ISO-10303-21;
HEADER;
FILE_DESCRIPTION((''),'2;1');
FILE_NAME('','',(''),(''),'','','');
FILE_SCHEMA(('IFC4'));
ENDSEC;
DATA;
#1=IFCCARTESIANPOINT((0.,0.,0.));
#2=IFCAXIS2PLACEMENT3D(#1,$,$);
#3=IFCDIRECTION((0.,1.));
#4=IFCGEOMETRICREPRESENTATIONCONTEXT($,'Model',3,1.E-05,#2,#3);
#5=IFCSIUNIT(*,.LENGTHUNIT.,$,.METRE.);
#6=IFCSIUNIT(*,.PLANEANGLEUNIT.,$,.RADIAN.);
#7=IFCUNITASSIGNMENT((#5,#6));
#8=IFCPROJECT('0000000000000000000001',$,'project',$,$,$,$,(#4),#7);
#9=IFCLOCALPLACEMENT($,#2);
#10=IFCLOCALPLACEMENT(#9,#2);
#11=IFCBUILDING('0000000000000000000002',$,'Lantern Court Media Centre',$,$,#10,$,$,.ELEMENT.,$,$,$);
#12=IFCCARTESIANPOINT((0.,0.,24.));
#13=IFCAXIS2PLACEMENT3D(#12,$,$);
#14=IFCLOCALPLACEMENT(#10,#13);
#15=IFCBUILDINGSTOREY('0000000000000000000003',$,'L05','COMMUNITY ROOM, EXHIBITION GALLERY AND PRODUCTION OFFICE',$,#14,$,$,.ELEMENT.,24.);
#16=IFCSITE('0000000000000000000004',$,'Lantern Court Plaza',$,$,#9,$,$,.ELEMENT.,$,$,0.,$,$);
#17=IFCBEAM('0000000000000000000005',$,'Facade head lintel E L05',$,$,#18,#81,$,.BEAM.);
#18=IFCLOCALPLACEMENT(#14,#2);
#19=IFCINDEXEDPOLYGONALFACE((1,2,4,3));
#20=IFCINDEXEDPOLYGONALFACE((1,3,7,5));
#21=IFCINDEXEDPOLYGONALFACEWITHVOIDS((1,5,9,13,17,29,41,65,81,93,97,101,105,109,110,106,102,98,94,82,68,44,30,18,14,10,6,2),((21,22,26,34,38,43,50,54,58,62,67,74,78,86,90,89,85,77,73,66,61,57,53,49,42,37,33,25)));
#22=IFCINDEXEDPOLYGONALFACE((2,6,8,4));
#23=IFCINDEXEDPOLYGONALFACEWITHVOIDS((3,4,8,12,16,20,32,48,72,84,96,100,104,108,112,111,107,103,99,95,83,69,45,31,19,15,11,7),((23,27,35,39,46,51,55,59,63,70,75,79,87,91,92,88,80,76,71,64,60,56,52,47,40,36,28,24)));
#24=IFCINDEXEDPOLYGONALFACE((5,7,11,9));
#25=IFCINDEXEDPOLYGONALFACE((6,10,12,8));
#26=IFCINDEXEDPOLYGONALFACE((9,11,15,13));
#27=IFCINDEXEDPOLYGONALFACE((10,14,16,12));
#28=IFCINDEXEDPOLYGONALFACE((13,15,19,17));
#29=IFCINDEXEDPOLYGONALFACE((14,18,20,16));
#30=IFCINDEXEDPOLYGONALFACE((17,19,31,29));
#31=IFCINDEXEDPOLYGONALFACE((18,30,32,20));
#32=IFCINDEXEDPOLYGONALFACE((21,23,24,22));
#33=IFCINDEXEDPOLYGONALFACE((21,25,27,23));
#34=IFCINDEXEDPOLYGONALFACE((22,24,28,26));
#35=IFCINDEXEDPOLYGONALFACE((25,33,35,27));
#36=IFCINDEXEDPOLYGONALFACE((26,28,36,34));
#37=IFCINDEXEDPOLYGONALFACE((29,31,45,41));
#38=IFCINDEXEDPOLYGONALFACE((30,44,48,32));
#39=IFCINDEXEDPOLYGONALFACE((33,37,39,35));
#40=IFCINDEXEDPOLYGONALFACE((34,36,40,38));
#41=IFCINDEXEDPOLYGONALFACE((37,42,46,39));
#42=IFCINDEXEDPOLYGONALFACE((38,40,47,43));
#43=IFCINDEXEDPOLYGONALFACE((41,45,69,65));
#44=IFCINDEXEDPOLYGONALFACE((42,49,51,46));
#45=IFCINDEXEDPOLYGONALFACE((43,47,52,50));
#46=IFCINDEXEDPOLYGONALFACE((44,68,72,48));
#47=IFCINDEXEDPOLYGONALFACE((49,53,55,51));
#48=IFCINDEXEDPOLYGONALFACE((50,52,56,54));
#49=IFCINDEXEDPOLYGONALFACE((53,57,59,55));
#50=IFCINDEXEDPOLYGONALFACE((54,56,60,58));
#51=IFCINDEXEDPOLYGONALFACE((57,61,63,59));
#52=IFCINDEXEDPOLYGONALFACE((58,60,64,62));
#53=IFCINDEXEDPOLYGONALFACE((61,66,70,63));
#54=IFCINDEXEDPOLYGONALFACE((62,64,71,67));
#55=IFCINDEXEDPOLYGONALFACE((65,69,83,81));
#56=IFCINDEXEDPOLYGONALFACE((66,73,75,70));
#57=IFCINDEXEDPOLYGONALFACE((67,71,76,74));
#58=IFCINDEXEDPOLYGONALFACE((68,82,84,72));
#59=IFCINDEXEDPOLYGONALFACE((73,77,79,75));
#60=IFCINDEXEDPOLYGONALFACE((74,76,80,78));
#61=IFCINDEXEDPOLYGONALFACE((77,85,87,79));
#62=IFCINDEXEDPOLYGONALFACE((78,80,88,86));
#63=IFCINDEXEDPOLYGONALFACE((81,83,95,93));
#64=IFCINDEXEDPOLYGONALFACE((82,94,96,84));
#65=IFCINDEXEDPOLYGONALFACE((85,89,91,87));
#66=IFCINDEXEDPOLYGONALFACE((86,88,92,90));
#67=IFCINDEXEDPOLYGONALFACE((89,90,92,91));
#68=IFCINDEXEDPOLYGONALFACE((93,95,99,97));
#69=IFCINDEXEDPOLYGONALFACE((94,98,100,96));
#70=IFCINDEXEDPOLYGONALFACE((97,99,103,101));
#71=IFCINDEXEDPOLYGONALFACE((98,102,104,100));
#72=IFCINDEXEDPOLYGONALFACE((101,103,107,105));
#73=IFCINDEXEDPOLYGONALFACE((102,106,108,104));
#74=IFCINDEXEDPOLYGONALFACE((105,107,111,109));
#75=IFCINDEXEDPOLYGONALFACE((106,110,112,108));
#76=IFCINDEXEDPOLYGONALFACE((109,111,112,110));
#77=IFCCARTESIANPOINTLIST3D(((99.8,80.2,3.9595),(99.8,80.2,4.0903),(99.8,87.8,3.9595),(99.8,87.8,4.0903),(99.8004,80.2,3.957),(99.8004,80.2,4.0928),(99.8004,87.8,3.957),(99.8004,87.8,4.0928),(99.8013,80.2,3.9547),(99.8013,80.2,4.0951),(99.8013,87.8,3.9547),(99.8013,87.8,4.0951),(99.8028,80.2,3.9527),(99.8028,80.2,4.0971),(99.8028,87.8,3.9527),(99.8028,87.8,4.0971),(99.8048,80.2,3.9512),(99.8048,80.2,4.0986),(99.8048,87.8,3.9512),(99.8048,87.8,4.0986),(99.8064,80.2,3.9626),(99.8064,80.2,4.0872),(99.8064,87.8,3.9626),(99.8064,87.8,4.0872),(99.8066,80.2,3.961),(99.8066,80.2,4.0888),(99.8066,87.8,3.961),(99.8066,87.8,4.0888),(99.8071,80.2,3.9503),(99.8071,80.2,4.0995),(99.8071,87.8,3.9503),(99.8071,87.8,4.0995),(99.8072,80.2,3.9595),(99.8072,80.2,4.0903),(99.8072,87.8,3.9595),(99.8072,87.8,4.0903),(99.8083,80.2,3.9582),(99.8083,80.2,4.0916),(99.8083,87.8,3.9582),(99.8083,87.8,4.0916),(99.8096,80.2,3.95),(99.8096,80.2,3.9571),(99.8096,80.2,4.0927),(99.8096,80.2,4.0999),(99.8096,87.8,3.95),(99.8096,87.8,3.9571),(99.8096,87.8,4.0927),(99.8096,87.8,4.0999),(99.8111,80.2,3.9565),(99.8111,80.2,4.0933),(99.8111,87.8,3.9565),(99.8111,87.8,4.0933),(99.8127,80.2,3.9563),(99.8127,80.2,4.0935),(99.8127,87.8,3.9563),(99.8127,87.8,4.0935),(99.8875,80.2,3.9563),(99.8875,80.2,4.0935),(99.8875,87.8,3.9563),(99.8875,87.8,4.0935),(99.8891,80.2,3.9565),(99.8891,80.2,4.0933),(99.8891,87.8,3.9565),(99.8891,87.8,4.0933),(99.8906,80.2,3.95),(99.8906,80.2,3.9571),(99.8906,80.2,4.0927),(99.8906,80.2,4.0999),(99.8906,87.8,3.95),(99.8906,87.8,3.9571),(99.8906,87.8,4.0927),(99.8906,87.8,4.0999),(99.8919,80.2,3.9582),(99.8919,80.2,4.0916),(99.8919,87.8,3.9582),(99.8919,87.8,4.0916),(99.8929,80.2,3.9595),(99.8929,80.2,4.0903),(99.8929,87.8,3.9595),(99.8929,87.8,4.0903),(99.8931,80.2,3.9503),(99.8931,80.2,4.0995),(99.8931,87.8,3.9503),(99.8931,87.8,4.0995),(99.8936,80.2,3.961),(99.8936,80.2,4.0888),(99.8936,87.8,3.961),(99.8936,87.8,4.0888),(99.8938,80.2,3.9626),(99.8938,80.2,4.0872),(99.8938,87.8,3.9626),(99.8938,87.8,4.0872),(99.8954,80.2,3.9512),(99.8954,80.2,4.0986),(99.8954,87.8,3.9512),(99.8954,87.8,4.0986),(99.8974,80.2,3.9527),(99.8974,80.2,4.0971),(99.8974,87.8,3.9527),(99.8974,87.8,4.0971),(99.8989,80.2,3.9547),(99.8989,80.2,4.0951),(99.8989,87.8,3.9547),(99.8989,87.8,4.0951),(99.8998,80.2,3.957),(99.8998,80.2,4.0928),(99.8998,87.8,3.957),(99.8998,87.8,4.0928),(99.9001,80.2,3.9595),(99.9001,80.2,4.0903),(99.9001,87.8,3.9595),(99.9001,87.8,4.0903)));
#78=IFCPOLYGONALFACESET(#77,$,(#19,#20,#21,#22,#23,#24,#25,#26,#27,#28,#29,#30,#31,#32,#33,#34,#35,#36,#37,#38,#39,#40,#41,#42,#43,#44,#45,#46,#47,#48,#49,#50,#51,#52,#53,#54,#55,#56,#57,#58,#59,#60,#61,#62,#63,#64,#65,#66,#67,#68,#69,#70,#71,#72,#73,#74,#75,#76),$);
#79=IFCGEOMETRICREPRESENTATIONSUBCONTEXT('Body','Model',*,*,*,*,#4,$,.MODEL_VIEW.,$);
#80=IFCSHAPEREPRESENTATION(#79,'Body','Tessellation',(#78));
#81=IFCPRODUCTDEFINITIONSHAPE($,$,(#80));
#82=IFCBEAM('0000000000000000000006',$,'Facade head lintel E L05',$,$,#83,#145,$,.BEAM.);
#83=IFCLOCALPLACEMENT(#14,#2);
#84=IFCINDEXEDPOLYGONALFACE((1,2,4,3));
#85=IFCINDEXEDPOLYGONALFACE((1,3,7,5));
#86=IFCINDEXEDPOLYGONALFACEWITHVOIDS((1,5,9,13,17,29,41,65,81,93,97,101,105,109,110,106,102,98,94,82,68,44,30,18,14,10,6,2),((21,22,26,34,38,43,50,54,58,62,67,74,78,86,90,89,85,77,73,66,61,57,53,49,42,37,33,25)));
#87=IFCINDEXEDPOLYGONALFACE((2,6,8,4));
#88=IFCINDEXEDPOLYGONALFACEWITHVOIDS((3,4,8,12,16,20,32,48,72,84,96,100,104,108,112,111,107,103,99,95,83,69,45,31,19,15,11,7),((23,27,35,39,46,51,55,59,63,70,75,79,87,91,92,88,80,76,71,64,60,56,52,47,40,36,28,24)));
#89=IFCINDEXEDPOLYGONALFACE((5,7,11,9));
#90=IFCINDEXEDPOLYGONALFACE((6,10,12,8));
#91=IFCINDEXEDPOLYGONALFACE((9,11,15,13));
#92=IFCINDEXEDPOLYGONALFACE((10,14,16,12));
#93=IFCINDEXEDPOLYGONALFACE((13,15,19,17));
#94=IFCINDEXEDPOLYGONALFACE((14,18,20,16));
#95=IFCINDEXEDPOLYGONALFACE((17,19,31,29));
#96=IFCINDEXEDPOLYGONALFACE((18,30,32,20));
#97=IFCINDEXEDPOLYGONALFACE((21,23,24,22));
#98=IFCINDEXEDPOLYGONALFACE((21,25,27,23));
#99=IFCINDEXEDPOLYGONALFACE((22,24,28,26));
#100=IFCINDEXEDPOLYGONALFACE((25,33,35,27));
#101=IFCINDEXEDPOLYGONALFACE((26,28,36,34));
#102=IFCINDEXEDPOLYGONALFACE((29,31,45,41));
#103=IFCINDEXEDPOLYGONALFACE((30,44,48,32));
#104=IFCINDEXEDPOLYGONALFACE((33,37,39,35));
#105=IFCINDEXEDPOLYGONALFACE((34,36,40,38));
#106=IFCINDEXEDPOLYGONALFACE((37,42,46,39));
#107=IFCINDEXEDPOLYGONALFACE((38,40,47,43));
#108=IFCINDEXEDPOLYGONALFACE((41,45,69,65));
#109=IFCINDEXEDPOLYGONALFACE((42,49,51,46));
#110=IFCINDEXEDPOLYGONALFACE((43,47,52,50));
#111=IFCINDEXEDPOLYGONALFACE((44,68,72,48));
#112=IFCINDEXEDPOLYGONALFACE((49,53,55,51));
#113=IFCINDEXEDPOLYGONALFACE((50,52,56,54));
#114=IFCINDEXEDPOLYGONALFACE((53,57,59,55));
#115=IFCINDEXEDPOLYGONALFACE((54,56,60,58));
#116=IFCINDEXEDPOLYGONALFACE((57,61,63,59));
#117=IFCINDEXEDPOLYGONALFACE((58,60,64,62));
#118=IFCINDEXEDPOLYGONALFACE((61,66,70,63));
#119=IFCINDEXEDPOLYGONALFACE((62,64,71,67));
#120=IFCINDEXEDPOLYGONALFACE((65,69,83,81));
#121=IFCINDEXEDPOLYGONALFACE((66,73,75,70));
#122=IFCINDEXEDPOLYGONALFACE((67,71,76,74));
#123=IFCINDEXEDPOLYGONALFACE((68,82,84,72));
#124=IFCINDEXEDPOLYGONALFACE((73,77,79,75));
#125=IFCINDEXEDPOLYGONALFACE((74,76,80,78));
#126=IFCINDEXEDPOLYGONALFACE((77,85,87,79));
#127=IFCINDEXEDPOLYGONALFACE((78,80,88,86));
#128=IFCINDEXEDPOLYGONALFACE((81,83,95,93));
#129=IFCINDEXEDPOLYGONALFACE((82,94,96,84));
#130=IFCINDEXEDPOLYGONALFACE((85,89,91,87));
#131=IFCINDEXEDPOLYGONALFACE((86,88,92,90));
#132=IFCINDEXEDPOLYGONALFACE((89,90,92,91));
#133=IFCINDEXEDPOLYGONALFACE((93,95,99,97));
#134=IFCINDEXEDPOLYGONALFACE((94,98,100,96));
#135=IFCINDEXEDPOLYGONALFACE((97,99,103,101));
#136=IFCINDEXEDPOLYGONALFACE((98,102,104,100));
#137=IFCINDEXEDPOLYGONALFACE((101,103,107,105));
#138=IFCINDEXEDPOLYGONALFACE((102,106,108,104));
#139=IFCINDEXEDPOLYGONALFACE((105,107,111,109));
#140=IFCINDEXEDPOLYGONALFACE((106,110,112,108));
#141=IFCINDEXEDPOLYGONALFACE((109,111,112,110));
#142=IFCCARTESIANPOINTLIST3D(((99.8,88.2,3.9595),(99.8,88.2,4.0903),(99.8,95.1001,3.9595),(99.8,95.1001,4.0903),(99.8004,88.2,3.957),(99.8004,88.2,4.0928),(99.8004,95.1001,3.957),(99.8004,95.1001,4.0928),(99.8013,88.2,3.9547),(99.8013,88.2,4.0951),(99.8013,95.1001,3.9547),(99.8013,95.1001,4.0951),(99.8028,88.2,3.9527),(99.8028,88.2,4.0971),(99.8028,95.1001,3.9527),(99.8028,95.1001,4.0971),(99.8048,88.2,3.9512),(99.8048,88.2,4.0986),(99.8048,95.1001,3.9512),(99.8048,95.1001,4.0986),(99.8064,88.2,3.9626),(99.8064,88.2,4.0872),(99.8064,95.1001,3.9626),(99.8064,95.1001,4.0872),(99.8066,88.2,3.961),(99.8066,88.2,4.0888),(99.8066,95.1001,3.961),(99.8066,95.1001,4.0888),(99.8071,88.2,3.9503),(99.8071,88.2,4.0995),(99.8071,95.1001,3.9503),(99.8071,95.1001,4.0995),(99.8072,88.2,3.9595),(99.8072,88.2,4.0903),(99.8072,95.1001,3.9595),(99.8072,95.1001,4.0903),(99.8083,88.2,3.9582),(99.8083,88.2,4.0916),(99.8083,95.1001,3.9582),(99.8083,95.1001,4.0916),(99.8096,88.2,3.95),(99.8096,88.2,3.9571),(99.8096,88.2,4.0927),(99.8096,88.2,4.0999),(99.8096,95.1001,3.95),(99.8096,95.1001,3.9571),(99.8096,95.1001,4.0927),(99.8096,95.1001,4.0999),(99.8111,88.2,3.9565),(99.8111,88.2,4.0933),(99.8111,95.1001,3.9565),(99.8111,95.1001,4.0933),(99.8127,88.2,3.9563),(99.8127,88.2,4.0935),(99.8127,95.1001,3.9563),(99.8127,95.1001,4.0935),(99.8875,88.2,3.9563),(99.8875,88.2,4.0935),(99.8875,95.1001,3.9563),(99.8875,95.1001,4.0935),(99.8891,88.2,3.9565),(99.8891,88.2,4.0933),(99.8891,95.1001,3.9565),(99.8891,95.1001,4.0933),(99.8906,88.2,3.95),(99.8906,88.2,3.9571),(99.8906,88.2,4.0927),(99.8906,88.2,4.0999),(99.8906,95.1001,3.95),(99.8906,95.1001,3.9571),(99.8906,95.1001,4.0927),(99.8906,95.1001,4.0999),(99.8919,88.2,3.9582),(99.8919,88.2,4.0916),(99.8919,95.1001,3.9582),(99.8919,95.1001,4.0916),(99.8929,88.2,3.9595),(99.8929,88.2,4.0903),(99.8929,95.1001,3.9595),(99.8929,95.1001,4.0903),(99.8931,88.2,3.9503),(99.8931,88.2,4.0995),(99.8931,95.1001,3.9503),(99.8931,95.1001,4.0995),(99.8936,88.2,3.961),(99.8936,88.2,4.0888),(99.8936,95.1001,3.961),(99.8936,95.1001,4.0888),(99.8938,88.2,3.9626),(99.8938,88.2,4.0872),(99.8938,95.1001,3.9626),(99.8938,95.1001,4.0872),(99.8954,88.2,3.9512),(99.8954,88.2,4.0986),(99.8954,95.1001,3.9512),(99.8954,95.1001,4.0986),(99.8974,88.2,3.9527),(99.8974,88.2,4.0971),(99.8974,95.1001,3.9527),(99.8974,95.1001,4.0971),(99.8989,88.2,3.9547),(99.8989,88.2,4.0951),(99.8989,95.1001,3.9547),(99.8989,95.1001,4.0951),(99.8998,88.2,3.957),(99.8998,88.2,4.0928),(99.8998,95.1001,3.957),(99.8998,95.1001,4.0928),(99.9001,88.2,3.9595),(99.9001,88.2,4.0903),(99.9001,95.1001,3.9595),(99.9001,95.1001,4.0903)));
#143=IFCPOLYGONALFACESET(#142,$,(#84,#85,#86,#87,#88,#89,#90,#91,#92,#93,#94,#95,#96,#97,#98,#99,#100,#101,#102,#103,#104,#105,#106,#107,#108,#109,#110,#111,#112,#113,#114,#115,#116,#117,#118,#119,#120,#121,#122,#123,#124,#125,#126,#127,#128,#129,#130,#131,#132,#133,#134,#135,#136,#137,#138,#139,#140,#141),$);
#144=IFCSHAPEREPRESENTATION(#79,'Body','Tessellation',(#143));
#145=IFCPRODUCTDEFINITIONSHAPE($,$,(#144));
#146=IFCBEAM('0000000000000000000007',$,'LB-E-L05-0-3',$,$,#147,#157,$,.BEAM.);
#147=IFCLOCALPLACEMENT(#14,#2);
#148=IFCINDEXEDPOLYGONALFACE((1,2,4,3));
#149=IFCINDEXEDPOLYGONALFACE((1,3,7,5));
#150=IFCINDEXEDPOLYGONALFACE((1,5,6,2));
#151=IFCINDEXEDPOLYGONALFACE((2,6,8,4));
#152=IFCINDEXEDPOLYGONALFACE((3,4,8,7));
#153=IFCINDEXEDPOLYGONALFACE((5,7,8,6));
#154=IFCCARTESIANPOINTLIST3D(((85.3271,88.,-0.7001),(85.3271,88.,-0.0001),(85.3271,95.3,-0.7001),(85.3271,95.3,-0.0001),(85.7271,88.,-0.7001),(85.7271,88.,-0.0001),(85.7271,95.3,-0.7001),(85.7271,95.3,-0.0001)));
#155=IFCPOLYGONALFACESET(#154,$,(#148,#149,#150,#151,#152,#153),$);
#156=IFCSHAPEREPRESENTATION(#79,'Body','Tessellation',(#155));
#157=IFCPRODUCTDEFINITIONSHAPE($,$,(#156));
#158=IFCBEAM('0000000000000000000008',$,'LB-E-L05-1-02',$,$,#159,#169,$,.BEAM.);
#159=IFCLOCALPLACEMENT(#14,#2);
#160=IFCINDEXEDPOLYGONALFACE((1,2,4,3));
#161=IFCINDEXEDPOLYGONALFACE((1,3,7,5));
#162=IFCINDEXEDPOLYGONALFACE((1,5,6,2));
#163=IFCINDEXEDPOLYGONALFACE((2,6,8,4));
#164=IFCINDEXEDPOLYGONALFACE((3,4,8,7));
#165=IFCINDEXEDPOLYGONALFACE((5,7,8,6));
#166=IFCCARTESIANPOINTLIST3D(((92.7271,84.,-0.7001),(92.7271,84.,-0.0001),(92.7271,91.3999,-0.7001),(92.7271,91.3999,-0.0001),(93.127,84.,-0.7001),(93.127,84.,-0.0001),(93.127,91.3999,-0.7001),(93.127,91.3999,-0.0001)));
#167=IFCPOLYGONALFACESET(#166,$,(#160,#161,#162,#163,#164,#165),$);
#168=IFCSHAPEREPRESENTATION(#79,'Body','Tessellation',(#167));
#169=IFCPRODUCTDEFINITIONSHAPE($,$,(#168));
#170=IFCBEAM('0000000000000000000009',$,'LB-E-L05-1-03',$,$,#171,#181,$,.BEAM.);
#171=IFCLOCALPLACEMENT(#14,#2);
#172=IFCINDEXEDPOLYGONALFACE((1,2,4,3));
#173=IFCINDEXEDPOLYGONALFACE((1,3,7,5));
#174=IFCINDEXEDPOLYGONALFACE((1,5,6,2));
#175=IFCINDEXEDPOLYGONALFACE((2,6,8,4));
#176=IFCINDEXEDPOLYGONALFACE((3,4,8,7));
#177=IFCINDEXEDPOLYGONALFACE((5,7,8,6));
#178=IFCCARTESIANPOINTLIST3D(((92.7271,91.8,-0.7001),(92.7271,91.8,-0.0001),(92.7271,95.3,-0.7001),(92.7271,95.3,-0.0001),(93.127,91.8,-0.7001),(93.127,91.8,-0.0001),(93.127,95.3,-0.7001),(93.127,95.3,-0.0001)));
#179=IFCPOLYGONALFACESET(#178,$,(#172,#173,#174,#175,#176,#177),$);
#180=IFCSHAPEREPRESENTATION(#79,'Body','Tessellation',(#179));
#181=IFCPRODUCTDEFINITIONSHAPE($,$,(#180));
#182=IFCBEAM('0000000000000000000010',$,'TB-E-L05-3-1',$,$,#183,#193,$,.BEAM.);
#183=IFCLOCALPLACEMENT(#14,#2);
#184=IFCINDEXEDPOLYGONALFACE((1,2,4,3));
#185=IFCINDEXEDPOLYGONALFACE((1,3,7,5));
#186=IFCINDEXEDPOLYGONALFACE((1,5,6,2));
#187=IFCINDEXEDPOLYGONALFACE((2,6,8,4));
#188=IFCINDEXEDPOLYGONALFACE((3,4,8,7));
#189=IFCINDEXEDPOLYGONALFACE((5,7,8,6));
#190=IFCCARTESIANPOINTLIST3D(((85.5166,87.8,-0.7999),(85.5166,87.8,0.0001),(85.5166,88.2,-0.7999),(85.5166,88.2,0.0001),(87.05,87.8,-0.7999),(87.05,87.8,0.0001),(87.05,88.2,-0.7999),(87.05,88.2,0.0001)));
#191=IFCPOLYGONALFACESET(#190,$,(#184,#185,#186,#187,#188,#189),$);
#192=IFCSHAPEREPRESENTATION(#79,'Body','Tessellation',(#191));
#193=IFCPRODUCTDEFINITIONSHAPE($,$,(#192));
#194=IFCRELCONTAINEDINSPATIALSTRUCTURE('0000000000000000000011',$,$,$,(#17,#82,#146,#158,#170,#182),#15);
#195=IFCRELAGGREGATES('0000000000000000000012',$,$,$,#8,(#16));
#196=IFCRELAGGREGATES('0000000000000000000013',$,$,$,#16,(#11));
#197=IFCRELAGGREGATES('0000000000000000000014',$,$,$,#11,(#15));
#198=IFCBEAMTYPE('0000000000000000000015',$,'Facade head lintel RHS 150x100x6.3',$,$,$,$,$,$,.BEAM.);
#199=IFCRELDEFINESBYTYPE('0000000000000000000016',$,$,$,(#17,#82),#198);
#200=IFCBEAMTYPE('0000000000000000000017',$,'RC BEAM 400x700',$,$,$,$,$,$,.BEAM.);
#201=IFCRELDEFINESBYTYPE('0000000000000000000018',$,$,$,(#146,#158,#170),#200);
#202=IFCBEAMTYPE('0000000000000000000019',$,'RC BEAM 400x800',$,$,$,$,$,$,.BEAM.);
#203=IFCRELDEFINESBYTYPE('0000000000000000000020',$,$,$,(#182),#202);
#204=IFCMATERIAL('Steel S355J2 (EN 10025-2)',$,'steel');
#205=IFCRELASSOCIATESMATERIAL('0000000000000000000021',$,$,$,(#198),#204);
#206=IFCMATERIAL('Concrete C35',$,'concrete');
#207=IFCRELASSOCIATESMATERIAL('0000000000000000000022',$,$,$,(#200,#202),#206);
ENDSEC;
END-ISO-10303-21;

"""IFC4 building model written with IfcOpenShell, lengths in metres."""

from ifc_helpers import new_model, si_unit, direction, frame, origin, origin_2d, place, context, subcontext, project, spatial, rectangle, hollow_rectangle, extrude, material, material_profile, profile_set, type_object, element, save


model = new_model("IFC4")

# Units and contexts
model_context = context("Model", 3, precision=1e-05, world=origin(), true_north=direction((0.0, 1.0)))
body_context = subcontext(model_context, "Body", "Model", "MODEL_VIEW")
ifc_project = project(units=[si_unit("LENGTHUNIT", "METRE"), si_unit("PLANEANGLEUNIT", "RADIAN")], contexts=[model_context])

# Site, building, storey
site_placement = place(None, origin())
site = spatial("IfcSite", under=ifc_project, at=site_placement, Name="Lantern Court Plaza", CompositionType="ELEMENT", RefElevation=0.0)
building_placement = place(site_placement, origin())
building = spatial("IfcBuilding", under=site, at=building_placement, Name="Lantern Court Media Centre", CompositionType="ELEMENT")
storey_placement = place(building_placement, frame((0.0, 0.0, 24.0)))
storey = spatial("IfcBuildingStorey", under=building, at=storey_placement, Name="L05", Description="COMMUNITY ROOM, EXHIBITION GALLERY AND PRODUCTION OFFICE", CompositionType="ELEMENT", Elevation=24.0)

# Shared definitions
ifc_material_1 = material(Name="Concrete C35", Category="concrete")

# Beams
ifc_material_2 = material(Name="Steel S355J2 (EN 10025-2)", Category="steel")
ifc_material_profile_1 = material_profile(ifc_material_2, hollow_rectangle(XDim=0.1001, YDim=0.1499, WallThickness=0.0063, InnerFilletRadius=0.0063, OuterFilletRadius=0.0095, at=origin_2d()), Name="Facade head lintel RHS 150x100x6.3")
ifc_profile_set_1 = profile_set([ifc_material_profile_1], Name="Steel S355J2 (EN 10025-2)")
beam_type_1 = type_object("IfcBeamType", Name="Facade head lintel RHS 150x100x6.3", PredefinedType="BEAM", material=ifc_profile_set_1)
beam_1_placement = place(storey_placement, frame((99.8501, 80.2, 4.0249), z_axis=(0.0, 1.0, 0.0), x_axis=(-1.0, 0.0, 0.0)))
element("IfcBeam", 1, at=beam_1_placement, inside=storey, type_object=beam_type_1, Name="Facade head lintel E L05", PredefinedType="BEAM", context=body_context, shape_type="SweptSolid", body=[
    extrude(hollow_rectangle(XDim=0.1001, YDim=0.1499, WallThickness=0.0063, InnerFilletRadius=0.0063, OuterFilletRadius=0.0095, at=origin_2d()), origin(), (0.0, 0.0, 1.0), 7.6001),
])
beam_2_placement = place(storey_placement, frame((99.8501, 88.2, 4.0249), z_axis=(0.0, 1.0, 0.0), x_axis=(-1.0, 0.0, 0.0)))
element("IfcBeam", 2, at=beam_2_placement, inside=storey, type_object=beam_type_1, Name="Facade head lintel E L05", PredefinedType="BEAM", context=body_context, shape_type="SweptSolid", body=[
    extrude(hollow_rectangle(XDim=0.1001, YDim=0.1499, WallThickness=0.0063, InnerFilletRadius=0.0063, OuterFilletRadius=0.0095, at=origin_2d()), origin(), (0.0, 0.0, 1.0), 6.9001),
])
ifc_material_profile_2 = material_profile(ifc_material_1, rectangle(XDim=0.3999, YDim=0.7, at=origin_2d()), Name="RC 400x700")
ifc_profile_set_2 = profile_set([ifc_material_profile_2], Name="Concrete C35")
beam_type_2 = type_object("IfcBeamType", Name="RC BEAM 400x700", PredefinedType="BEAM", material=ifc_profile_set_2)
beam_3_placement = place(storey_placement, frame((85.5271, 88.0, -0.3501), z_axis=(0.0, 1.0, 0.0), x_axis=(-1.0, 0.0, 0.0)))
element("IfcBeam", 3, at=beam_3_placement, inside=storey, type_object=beam_type_2, Name="LB-E-L05-0-3", PredefinedType="BEAM", context=body_context, shape_type="SweptSolid", body=[
    extrude(rectangle(XDim=0.3999, YDim=0.7, at=origin_2d()), origin(), (0.0, 0.0, 1.0), 7.3),
])
beam_4_placement = place(storey_placement, frame((92.927, 84.0, -0.3501), z_axis=(0.0, 1.0, 0.0), x_axis=(-1.0, 0.0, 0.0)))
element("IfcBeam", 4, at=beam_4_placement, inside=storey, type_object=beam_type_2, Name="LB-E-L05-1-02", PredefinedType="BEAM", context=body_context, shape_type="SweptSolid", body=[
    extrude(rectangle(XDim=0.3999, YDim=0.7, at=origin_2d()), origin(), (0.0, 0.0, 1.0), 7.3999),
])
beam_5_placement = place(storey_placement, frame((92.927, 91.8, -0.3501), z_axis=(0.0, 1.0, 0.0), x_axis=(-1.0, 0.0, 0.0)))
element("IfcBeam", 5, at=beam_5_placement, inside=storey, type_object=beam_type_2, Name="LB-E-L05-1-03", PredefinedType="BEAM", context=body_context, shape_type="SweptSolid", body=[
    extrude(rectangle(XDim=0.3999, YDim=0.7, at=origin_2d()), origin(), (0.0, 0.0, 1.0), 3.5),
])
ifc_material_profile_3 = material_profile(ifc_material_1, rectangle(XDim=0.3999, YDim=0.8, at=origin_2d()), Name="RC 400x800")
ifc_profile_set_3 = profile_set([ifc_material_profile_3], Name="Concrete C35")
beam_type_3 = type_object("IfcBeamType", Name="RC BEAM 400x800", PredefinedType="BEAM", material=ifc_profile_set_3)
beam_6_placement = place(storey_placement, frame((85.5166, 88.0, -0.3999), z_axis=(1.0, 0.0, 0.0), x_axis=(0.0, 1.0, 0.0)))
element("IfcBeam", 6, at=beam_6_placement, inside=storey, type_object=beam_type_3, Name="TB-E-L05-3-1", PredefinedType="BEAM", context=body_context, shape_type="SweptSolid", body=[
    extrude(rectangle(XDim=0.3999, YDim=0.8, at=origin_2d()), origin(), (0.0, 0.0, 1.0), 1.5334),
])

save(model, "model.ifc")
